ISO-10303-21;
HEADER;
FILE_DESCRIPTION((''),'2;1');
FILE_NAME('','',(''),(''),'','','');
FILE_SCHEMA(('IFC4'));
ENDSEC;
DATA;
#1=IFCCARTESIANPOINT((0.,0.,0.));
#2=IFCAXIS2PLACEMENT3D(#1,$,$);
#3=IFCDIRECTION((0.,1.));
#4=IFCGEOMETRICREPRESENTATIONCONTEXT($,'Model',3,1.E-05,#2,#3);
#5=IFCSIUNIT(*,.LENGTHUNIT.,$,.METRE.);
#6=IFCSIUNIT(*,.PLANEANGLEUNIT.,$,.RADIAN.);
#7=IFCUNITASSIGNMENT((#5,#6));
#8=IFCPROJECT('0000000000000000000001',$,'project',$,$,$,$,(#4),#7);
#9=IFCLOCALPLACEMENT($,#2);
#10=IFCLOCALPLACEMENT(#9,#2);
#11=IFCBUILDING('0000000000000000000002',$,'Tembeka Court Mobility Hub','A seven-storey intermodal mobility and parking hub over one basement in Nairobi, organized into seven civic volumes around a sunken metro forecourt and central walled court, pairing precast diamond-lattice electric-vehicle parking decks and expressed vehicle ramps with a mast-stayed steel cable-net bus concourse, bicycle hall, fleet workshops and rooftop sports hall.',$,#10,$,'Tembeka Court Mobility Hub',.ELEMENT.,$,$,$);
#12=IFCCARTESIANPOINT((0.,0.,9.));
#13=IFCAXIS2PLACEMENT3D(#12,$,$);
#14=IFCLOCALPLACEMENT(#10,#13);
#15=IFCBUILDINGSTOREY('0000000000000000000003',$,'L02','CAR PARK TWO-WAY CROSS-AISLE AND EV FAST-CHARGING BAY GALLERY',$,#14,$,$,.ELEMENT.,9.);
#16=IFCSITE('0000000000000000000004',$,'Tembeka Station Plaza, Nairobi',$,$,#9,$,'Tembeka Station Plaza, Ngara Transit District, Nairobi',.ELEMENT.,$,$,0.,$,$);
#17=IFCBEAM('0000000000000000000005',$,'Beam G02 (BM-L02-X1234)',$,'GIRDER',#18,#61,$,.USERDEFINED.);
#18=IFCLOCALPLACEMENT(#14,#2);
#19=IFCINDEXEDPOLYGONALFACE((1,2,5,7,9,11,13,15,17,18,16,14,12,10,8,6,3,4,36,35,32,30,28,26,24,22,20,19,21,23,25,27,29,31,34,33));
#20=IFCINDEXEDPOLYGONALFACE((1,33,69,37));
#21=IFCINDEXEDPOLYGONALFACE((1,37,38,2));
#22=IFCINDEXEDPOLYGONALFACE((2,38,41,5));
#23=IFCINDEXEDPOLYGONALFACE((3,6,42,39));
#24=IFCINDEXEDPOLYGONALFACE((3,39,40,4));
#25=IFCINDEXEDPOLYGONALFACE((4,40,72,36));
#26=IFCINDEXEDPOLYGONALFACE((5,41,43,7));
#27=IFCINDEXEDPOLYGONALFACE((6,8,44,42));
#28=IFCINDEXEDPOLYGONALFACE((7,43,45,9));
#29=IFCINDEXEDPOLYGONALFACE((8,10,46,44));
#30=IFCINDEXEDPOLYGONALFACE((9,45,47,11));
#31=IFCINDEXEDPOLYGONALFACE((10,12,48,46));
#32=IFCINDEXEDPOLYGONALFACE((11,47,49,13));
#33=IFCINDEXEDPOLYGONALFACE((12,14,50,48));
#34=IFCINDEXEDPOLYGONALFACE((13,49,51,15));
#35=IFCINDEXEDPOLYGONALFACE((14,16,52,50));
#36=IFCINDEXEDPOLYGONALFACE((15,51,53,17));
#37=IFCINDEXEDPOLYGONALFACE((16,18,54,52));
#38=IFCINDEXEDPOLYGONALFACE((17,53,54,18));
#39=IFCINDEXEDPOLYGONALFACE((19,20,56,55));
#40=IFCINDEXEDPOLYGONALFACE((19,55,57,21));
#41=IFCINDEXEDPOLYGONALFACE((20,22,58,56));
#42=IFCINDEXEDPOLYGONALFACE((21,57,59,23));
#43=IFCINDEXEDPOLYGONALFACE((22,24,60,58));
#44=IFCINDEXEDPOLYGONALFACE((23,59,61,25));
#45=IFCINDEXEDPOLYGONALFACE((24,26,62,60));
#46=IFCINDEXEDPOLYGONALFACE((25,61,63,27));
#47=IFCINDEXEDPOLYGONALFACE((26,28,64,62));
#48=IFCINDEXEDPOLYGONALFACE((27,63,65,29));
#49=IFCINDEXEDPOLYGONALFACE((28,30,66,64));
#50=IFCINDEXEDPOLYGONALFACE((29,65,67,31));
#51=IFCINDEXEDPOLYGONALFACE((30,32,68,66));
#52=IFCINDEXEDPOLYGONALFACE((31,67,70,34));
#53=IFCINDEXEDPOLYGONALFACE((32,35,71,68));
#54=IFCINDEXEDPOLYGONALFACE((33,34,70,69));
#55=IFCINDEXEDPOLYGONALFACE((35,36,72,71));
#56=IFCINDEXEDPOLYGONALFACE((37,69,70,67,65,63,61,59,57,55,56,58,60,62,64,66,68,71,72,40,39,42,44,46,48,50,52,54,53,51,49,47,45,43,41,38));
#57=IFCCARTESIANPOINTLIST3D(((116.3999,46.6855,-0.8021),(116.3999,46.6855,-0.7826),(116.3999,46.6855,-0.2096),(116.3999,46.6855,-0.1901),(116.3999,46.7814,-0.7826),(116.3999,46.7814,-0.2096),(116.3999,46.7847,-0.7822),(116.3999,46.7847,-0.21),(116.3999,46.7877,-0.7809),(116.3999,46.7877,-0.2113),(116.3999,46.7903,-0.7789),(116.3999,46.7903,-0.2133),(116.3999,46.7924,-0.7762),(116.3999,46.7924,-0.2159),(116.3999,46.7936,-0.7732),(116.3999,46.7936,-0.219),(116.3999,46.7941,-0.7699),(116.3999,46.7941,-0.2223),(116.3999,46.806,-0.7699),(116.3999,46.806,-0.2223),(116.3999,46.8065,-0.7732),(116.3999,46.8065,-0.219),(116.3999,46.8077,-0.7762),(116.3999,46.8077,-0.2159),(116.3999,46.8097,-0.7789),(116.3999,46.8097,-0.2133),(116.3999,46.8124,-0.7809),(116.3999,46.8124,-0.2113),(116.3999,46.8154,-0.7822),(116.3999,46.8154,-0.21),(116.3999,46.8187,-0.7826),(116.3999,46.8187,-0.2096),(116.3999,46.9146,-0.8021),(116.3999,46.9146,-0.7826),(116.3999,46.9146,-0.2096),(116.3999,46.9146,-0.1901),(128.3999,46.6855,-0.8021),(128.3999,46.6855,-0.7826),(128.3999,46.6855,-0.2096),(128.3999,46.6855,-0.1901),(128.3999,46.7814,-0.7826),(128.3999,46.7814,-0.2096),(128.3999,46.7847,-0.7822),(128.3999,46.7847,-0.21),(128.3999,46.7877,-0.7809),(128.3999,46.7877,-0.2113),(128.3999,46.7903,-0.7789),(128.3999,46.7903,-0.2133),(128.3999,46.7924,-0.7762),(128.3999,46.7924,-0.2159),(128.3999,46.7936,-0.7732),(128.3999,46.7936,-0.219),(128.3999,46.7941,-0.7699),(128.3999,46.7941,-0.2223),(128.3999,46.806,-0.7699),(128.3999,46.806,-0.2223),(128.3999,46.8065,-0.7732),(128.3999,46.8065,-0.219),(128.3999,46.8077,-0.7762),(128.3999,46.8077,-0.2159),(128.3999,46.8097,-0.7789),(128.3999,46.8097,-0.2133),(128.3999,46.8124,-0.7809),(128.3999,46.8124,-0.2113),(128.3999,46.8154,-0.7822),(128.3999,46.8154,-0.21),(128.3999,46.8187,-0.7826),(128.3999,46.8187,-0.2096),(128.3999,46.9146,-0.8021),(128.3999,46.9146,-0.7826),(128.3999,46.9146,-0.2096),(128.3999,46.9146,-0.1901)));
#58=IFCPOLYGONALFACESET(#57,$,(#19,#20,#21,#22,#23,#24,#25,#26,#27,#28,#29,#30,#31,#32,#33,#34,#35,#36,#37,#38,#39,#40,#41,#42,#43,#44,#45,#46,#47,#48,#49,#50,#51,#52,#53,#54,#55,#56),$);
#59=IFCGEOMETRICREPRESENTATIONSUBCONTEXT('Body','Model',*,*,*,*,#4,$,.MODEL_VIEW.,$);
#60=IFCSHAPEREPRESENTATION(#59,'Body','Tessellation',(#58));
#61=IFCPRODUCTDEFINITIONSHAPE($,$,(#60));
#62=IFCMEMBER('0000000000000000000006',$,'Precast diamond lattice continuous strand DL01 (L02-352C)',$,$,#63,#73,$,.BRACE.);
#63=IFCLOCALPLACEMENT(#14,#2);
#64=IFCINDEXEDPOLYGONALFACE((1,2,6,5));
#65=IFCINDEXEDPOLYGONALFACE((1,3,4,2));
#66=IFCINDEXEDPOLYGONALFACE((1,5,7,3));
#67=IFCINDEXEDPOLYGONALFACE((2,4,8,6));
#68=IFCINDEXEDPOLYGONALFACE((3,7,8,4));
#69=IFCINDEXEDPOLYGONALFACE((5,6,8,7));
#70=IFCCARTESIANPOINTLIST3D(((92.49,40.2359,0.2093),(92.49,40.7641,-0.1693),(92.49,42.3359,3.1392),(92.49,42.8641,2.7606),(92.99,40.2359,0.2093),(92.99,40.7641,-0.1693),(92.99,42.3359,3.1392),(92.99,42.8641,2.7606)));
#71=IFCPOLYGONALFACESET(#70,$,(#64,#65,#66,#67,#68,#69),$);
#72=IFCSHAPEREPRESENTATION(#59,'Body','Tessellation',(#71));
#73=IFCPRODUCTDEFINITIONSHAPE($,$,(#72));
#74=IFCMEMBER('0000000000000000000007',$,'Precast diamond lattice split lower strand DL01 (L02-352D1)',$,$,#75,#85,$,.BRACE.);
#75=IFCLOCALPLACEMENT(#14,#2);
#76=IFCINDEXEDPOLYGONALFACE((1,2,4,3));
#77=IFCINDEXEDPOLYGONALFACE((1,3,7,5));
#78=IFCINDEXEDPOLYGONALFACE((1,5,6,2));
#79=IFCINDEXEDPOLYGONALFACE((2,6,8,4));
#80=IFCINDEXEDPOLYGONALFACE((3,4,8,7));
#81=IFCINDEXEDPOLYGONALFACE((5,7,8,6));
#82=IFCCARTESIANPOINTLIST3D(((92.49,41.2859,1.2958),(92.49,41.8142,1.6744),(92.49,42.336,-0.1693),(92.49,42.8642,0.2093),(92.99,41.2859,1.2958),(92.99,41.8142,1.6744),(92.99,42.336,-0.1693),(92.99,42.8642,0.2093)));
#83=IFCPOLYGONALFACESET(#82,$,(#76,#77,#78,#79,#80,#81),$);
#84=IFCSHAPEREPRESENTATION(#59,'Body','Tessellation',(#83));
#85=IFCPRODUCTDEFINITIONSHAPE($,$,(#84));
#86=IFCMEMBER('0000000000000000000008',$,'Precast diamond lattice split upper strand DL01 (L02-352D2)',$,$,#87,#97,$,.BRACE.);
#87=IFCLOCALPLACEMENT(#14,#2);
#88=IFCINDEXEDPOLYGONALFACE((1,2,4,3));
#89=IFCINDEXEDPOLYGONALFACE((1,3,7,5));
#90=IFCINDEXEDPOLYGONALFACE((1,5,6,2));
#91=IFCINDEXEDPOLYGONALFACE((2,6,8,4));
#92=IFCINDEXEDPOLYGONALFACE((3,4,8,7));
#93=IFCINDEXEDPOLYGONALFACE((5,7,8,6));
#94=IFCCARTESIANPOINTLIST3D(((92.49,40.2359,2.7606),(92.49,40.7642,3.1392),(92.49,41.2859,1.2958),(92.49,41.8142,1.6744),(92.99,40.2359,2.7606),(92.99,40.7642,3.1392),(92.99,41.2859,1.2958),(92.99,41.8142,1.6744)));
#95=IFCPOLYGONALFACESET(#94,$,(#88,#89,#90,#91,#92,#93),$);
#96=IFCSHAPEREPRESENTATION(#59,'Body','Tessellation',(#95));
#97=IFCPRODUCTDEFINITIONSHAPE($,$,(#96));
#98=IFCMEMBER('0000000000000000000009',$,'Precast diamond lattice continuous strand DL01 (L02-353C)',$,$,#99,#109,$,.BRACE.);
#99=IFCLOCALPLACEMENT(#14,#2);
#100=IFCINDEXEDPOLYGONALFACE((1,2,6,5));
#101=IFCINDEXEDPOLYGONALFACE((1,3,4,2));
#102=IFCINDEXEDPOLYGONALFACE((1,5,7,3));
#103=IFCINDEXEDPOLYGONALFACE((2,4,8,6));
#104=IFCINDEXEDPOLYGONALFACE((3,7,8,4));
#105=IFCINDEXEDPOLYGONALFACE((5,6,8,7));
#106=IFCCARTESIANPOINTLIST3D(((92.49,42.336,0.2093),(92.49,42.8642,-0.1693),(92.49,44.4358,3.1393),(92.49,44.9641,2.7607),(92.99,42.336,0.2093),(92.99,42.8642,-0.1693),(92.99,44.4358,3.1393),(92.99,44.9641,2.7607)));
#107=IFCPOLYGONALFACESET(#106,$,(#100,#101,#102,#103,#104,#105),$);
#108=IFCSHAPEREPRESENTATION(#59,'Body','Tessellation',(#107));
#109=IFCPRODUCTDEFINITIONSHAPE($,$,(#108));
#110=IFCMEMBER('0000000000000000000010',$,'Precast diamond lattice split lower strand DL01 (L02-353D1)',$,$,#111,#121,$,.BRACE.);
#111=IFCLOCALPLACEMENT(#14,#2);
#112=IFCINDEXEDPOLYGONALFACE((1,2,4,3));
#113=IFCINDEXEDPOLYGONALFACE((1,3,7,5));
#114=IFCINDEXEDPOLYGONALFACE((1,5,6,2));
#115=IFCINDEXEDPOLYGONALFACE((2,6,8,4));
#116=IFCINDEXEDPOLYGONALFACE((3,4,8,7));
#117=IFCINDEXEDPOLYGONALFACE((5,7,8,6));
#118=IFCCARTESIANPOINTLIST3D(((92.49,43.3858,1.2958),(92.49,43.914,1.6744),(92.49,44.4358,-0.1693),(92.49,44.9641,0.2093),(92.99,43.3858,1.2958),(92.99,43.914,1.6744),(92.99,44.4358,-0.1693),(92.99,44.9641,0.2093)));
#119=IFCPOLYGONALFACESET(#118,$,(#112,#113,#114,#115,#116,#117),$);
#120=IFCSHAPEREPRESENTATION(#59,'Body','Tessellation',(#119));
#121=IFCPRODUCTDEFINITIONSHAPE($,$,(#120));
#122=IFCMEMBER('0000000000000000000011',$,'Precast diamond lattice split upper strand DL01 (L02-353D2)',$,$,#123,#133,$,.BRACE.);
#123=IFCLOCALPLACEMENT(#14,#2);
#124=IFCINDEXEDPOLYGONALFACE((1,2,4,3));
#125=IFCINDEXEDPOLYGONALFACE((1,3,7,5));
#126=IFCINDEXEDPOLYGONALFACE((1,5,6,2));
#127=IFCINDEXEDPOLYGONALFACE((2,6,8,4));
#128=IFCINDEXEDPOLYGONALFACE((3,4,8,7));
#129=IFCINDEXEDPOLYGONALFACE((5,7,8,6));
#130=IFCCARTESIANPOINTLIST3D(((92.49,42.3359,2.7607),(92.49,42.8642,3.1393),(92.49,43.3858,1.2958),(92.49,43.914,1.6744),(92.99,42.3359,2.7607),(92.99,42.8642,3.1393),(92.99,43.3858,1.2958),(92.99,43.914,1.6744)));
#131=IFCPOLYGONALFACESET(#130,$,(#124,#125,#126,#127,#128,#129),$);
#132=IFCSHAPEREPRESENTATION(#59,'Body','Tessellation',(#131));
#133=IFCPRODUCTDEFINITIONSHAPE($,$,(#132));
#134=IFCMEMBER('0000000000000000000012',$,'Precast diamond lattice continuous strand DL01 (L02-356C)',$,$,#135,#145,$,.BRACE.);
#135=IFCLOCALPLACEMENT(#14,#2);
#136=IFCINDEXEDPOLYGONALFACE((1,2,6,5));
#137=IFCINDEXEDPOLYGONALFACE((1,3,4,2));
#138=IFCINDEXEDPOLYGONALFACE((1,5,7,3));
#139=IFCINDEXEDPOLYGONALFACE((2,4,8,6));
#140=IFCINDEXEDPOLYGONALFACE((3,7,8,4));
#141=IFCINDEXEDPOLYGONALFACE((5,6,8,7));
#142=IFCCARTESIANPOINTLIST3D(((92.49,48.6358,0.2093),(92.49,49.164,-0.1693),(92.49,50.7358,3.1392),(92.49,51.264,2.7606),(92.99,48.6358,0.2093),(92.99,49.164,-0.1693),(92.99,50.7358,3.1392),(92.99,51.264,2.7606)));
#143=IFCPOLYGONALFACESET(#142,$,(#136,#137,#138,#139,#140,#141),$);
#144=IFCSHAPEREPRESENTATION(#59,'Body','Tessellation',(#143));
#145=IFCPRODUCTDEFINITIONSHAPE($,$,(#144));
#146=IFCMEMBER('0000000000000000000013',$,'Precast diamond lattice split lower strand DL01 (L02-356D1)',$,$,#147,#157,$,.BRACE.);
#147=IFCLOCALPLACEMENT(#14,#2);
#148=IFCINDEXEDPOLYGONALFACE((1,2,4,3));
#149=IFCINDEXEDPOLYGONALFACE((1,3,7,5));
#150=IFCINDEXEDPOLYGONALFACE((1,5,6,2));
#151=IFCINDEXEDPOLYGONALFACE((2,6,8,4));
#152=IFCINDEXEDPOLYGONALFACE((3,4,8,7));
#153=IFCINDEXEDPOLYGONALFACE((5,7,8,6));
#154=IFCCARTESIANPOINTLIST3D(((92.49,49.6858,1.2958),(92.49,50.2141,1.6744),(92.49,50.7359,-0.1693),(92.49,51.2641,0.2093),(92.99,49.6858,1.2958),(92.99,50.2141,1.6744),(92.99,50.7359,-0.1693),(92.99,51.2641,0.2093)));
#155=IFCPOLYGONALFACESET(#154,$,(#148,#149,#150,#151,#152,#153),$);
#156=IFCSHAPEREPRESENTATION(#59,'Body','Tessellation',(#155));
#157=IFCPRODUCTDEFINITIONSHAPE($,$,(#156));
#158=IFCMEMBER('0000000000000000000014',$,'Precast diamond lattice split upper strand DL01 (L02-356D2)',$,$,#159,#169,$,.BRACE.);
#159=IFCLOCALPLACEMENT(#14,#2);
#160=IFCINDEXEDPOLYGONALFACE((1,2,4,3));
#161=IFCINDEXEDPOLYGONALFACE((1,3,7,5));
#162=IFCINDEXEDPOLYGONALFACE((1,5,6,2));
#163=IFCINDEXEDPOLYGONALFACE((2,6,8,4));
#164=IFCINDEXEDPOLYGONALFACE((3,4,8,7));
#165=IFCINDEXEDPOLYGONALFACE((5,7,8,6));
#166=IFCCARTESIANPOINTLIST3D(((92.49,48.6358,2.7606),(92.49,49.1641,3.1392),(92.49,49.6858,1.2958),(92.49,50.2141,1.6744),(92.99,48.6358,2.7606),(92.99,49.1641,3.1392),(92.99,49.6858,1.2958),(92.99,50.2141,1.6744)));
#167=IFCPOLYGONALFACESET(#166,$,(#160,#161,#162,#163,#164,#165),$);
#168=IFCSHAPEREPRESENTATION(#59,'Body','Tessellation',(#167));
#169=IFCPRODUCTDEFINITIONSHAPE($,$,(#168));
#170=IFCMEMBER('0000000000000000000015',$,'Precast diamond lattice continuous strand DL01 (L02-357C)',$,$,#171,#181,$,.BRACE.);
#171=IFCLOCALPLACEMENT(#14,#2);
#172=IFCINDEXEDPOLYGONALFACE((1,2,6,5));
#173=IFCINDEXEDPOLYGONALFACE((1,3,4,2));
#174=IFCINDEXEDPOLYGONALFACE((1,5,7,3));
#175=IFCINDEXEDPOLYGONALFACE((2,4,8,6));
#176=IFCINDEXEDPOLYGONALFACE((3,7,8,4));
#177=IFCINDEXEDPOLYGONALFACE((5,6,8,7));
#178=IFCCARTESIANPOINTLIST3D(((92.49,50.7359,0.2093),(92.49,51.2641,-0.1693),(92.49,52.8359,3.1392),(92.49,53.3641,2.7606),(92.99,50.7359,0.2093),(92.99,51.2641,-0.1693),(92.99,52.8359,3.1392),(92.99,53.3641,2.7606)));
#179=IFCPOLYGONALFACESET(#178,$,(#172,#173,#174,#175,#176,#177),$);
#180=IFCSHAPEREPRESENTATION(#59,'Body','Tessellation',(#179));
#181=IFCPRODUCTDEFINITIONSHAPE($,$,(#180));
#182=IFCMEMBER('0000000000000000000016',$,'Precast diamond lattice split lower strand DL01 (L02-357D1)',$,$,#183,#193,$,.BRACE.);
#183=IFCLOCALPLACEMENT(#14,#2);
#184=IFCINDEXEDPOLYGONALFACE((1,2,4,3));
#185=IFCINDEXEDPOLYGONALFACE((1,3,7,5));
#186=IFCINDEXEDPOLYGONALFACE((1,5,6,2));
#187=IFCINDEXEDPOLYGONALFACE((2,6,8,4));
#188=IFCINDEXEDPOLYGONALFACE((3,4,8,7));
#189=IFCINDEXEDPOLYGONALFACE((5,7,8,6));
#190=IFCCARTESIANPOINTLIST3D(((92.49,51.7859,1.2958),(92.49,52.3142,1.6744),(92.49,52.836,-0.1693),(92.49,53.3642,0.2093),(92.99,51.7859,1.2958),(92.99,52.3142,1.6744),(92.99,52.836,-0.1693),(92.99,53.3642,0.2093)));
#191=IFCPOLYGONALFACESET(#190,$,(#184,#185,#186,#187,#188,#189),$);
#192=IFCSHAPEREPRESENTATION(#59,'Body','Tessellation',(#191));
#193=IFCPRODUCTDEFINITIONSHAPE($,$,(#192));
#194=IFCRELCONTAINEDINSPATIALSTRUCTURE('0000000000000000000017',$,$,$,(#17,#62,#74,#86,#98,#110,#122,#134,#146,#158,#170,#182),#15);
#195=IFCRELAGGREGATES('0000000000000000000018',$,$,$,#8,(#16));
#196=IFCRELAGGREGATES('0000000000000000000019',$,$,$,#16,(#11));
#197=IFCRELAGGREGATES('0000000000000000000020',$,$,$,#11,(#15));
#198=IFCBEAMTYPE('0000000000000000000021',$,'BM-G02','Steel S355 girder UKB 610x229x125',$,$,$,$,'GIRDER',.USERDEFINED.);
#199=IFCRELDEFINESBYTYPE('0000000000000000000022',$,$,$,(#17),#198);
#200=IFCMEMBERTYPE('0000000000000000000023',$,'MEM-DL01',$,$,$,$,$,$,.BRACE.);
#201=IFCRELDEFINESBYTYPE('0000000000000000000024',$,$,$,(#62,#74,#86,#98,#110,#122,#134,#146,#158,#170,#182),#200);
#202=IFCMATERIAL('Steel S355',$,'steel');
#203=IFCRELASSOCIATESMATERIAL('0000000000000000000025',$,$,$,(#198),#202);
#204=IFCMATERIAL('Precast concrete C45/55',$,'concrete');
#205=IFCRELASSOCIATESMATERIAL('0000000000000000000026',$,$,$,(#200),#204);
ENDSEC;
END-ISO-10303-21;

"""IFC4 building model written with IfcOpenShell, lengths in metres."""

from ifc_helpers import new_model, si_unit, direction, frame, origin, origin_2d, place, context, subcontext, project, spatial, rectangle, i_section, extrude, material, material_profile, profile_set, type_object, element, save


model = new_model("IFC4")

# Units and contexts
model_context = context("Model", 3, precision=1e-05, world=origin(), true_north=direction((0.0, 1.0)))
body_context = subcontext(model_context, "Body", "Model", "MODEL_VIEW")
ifc_project = project(units=[si_unit("LENGTHUNIT", "METRE"), si_unit("PLANEANGLEUNIT", "RADIAN")], contexts=[model_context])

# Site, building, storey
site_placement = place(None, origin())
site = spatial("IfcSite", under=ifc_project, at=site_placement, Name="Tembeka Station Plaza, Nairobi", LongName="Tembeka Station Plaza, Ngara Transit District, Nairobi", CompositionType="ELEMENT", RefElevation=0.0)
building_placement = place(site_placement, origin())
building = spatial("IfcBuilding", under=site, at=building_placement, Name="Tembeka Court Mobility Hub", Description="A seven-storey intermodal mobility and parking hub over one basement in Nairobi, organized into seven civic volumes around a sunken metro forecourt and central walled court, pairing precast diamond-lattice electric-vehicle parking decks and expressed vehicle ramps with a mast-stayed steel cable-net bus concourse, bicycle hall, fleet workshops and rooftop sports hall.", LongName="Tembeka Court Mobility Hub", CompositionType="ELEMENT")
storey_placement = place(building_placement, frame((0.0, 0.0, 9.0)))
storey = spatial("IfcBuildingStorey", under=building, at=storey_placement, Name="L02", Description="CAR PARK TWO-WAY CROSS-AISLE AND EV FAST-CHARGING BAY GALLERY", CompositionType="ELEMENT", Elevation=9.0)

# Shared definitions
ifc_material_1 = material(Name="Steel S355", Category="steel")

# Beam
ifc_material_profile_1 = material_profile(ifc_material_1, i_section(OverallWidth=0.229, OverallDepth=0.6121, WebThickness=0.012, FlangeThickness=0.0195, FilletRadius=0.0127, at=origin_2d()), Name="UKB 610x229x125")
ifc_profile_set_1 = profile_set([ifc_material_profile_1], Name="Steel S355")
beam_type_1 = type_object("IfcBeamType", Name="BM-G02", Description="Steel S355 girder UKB 610x229x125", ElementType="GIRDER", PredefinedType="USERDEFINED", material=ifc_profile_set_1)
for number, where, z_axis, x_axis, name in (
    (1, (116.3999, 46.8, -0.4961), (1.0, 0.0, 0.0), (0.0, 1.0, 0.0), "Beam G02 (BM-L02-X1234)"),
):
    element("IfcBeam", number, at=place(storey_placement, frame(where, z_axis=z_axis, x_axis=x_axis)), inside=storey, type_object=beam_type_1, Name=name, ObjectType="GIRDER", PredefinedType="USERDEFINED", context=body_context, shape_type="SweptSolid", body=[
        extrude(i_section(OverallWidth=0.229, OverallDepth=0.6121, WebThickness=0.012, FlangeThickness=0.0195, FilletRadius=0.0127, at=origin_2d()), origin(), (0.0, 0.0, 1.0), 12.0),
    ])

# Members
ifc_material_2 = material(Name="Precast concrete C45/55", Category="concrete")
ifc_material_profile_2 = material_profile(ifc_material_2, rectangle(XDim=0.5, YDim=0.6499, at=origin_2d()), Name="PC-DIAG 500x650")
ifc_profile_set_2 = profile_set([ifc_material_profile_2], Name="Precast concrete C45/55")
member_type_1 = type_object("IfcMemberType", Name="MEM-DL01", PredefinedType="BRACE", material=ifc_profile_set_2)
member_1_placement = place(storey_placement, frame((92.74, 40.5, 0.02), z_axis=(0.0, 0.582576, 0.812776), x_axis=(-1.0, 0.0, 0.0)))
element("IfcMember", 2, at=member_1_placement, inside=storey, type_object=member_type_1, Name="Precast diamond lattice continuous strand DL01 (L02-352C)", PredefinedType="BRACE", context=body_context, shape_type="SweptSolid", body=[
    extrude(rectangle(XDim=0.5, YDim=0.6499, at=origin_2d()), origin(), (0.0, 0.0, 1.0), 3.6047),
])
member_2_placement = place(storey_placement, frame((92.74, 42.6001, 0.02), z_axis=(0.0, -0.582544, 0.812799), x_axis=(1.0, 0.0, 0.0)))
element("IfcMember", 3, at=member_2_placement, inside=storey, type_object=member_type_1, Name="Precast diamond lattice split lower strand DL01 (L02-352D1)", PredefinedType="BRACE", context=body_context, shape_type="SweptSolid", body=[
    extrude(rectangle(XDim=0.5, YDim=0.6499, at=origin_2d()), origin(), (0.0, 0.0, 1.0), 1.8025),
])
member_3_placement = place(storey_placement, frame((92.74, 41.55, 1.4851), z_axis=(0.0, -0.582608, 0.812753), x_axis=(1.0, 0.0, 0.0)))
element("IfcMember", 4, at=member_3_placement, inside=storey, type_object=member_type_1, Name="Precast diamond lattice split upper strand DL01 (L02-352D2)", PredefinedType="BRACE", context=body_context, shape_type="SweptSolid", body=[
    extrude(rectangle(XDim=0.5, YDim=0.6499, at=origin_2d()), origin(), (0.0, 0.0, 1.0), 1.8022),
])
member_4_placement = place(storey_placement, frame((92.74, 42.6001, 0.02), z_axis=(0.0, 0.582532, 0.812808), x_axis=(-1.0, 0.0, 0.0)))
element("IfcMember", 5, at=member_4_placement, inside=storey, type_object=member_type_1, Name="Precast diamond lattice continuous strand DL01 (L02-353C)", PredefinedType="BRACE", context=body_context, shape_type="SweptSolid", body=[
    extrude(rectangle(XDim=0.5, YDim=0.6499, at=origin_2d()), origin(), (0.0, 0.0, 1.0), 3.6047),
])
member_5_placement = place(storey_placement, frame((92.74, 44.7, 0.02), z_axis=(0.0, -0.582544, 0.812799), x_axis=(1.0, 0.0, 0.0)))
element("IfcMember", 6, at=member_5_placement, inside=storey, type_object=member_type_1, Name="Precast diamond lattice split lower strand DL01 (L02-353D1)", PredefinedType="BRACE", context=body_context, shape_type="SweptSolid", body=[
    extrude(rectangle(XDim=0.5, YDim=0.6499, at=origin_2d()), origin(), (0.0, 0.0, 1.0), 1.8025),
])
member_6_placement = place(storey_placement, frame((92.74, 43.6499, 1.4851), z_axis=(0.0, -0.582519, 0.812817), x_axis=(1.0, 0.0, 0.0)))
element("IfcMember", 7, at=member_6_placement, inside=storey, type_object=member_type_1, Name="Precast diamond lattice split upper strand DL01 (L02-353D2)", PredefinedType="BRACE", context=body_context, shape_type="SweptSolid", body=[
    extrude(rectangle(XDim=0.5, YDim=0.6499, at=origin_2d()), origin(), (0.0, 0.0, 1.0), 1.8022),
])
member_7_placement = place(storey_placement, frame((92.74, 48.8999, 0.02), z_axis=(0.0, 0.582576, 0.812776), x_axis=(-1.0, 0.0, 0.0)))
element("IfcMember", 8, at=member_7_placement, inside=storey, type_object=member_type_1, Name="Precast diamond lattice continuous strand DL01 (L02-356C)", PredefinedType="BRACE", context=body_context, shape_type="SweptSolid", body=[
    extrude(rectangle(XDim=0.5, YDim=0.6499, at=origin_2d()), origin(), (0.0, 0.0, 1.0), 3.6047),
])
member_8_placement = place(storey_placement, frame((92.74, 51.0, 0.02), z_axis=(0.0, -0.582544, 0.812799), x_axis=(1.0, 0.0, 0.0)))
element("IfcMember", 9, at=member_8_placement, inside=storey, type_object=member_type_1, Name="Precast diamond lattice split lower strand DL01 (L02-356D1)", PredefinedType="BRACE", context=body_context, shape_type="SweptSolid", body=[
    extrude(rectangle(XDim=0.5, YDim=0.6499, at=origin_2d()), origin(), (0.0, 0.0, 1.0), 1.8025),
])
member_9_placement = place(storey_placement, frame((92.74, 49.95, 1.4851), z_axis=(0.0, -0.582608, 0.812753), x_axis=(1.0, 0.0, 0.0)))
element("IfcMember", 10, at=member_9_placement, inside=storey, type_object=member_type_1, Name="Precast diamond lattice split upper strand DL01 (L02-356D2)", PredefinedType="BRACE", context=body_context, shape_type="SweptSolid", body=[
    extrude(rectangle(XDim=0.5, YDim=0.6499, at=origin_2d()), origin(), (0.0, 0.0, 1.0), 1.8022),
])
member_10_placement = place(storey_placement, frame((92.74, 51.0, 0.02), z_axis=(0.0, 0.582576, 0.812776), x_axis=(-1.0, 0.0, 0.0)))
element("IfcMember", 11, at=member_10_placement, inside=storey, type_object=member_type_1, Name="Precast diamond lattice continuous strand DL01 (L02-357C)", PredefinedType="BRACE", context=body_context, shape_type="SweptSolid", body=[
    extrude(rectangle(XDim=0.5, YDim=0.6499, at=origin_2d()), origin(), (0.0, 0.0, 1.0), 3.6047),
])
member_11_placement = place(storey_placement, frame((92.74, 53.1001, 0.02), z_axis=(0.0, -0.582544, 0.812799), x_axis=(1.0, 0.0, 0.0)))
element("IfcMember", 12, at=member_11_placement, inside=storey, type_object=member_type_1, Name="Precast diamond lattice split lower strand DL01 (L02-357D1)", PredefinedType="BRACE", context=body_context, shape_type="SweptSolid", body=[
    extrude(rectangle(XDim=0.5, YDim=0.6499, at=origin_2d()), origin(), (0.0, 0.0, 1.0), 1.8025),
])

save(model, "model.ifc")
